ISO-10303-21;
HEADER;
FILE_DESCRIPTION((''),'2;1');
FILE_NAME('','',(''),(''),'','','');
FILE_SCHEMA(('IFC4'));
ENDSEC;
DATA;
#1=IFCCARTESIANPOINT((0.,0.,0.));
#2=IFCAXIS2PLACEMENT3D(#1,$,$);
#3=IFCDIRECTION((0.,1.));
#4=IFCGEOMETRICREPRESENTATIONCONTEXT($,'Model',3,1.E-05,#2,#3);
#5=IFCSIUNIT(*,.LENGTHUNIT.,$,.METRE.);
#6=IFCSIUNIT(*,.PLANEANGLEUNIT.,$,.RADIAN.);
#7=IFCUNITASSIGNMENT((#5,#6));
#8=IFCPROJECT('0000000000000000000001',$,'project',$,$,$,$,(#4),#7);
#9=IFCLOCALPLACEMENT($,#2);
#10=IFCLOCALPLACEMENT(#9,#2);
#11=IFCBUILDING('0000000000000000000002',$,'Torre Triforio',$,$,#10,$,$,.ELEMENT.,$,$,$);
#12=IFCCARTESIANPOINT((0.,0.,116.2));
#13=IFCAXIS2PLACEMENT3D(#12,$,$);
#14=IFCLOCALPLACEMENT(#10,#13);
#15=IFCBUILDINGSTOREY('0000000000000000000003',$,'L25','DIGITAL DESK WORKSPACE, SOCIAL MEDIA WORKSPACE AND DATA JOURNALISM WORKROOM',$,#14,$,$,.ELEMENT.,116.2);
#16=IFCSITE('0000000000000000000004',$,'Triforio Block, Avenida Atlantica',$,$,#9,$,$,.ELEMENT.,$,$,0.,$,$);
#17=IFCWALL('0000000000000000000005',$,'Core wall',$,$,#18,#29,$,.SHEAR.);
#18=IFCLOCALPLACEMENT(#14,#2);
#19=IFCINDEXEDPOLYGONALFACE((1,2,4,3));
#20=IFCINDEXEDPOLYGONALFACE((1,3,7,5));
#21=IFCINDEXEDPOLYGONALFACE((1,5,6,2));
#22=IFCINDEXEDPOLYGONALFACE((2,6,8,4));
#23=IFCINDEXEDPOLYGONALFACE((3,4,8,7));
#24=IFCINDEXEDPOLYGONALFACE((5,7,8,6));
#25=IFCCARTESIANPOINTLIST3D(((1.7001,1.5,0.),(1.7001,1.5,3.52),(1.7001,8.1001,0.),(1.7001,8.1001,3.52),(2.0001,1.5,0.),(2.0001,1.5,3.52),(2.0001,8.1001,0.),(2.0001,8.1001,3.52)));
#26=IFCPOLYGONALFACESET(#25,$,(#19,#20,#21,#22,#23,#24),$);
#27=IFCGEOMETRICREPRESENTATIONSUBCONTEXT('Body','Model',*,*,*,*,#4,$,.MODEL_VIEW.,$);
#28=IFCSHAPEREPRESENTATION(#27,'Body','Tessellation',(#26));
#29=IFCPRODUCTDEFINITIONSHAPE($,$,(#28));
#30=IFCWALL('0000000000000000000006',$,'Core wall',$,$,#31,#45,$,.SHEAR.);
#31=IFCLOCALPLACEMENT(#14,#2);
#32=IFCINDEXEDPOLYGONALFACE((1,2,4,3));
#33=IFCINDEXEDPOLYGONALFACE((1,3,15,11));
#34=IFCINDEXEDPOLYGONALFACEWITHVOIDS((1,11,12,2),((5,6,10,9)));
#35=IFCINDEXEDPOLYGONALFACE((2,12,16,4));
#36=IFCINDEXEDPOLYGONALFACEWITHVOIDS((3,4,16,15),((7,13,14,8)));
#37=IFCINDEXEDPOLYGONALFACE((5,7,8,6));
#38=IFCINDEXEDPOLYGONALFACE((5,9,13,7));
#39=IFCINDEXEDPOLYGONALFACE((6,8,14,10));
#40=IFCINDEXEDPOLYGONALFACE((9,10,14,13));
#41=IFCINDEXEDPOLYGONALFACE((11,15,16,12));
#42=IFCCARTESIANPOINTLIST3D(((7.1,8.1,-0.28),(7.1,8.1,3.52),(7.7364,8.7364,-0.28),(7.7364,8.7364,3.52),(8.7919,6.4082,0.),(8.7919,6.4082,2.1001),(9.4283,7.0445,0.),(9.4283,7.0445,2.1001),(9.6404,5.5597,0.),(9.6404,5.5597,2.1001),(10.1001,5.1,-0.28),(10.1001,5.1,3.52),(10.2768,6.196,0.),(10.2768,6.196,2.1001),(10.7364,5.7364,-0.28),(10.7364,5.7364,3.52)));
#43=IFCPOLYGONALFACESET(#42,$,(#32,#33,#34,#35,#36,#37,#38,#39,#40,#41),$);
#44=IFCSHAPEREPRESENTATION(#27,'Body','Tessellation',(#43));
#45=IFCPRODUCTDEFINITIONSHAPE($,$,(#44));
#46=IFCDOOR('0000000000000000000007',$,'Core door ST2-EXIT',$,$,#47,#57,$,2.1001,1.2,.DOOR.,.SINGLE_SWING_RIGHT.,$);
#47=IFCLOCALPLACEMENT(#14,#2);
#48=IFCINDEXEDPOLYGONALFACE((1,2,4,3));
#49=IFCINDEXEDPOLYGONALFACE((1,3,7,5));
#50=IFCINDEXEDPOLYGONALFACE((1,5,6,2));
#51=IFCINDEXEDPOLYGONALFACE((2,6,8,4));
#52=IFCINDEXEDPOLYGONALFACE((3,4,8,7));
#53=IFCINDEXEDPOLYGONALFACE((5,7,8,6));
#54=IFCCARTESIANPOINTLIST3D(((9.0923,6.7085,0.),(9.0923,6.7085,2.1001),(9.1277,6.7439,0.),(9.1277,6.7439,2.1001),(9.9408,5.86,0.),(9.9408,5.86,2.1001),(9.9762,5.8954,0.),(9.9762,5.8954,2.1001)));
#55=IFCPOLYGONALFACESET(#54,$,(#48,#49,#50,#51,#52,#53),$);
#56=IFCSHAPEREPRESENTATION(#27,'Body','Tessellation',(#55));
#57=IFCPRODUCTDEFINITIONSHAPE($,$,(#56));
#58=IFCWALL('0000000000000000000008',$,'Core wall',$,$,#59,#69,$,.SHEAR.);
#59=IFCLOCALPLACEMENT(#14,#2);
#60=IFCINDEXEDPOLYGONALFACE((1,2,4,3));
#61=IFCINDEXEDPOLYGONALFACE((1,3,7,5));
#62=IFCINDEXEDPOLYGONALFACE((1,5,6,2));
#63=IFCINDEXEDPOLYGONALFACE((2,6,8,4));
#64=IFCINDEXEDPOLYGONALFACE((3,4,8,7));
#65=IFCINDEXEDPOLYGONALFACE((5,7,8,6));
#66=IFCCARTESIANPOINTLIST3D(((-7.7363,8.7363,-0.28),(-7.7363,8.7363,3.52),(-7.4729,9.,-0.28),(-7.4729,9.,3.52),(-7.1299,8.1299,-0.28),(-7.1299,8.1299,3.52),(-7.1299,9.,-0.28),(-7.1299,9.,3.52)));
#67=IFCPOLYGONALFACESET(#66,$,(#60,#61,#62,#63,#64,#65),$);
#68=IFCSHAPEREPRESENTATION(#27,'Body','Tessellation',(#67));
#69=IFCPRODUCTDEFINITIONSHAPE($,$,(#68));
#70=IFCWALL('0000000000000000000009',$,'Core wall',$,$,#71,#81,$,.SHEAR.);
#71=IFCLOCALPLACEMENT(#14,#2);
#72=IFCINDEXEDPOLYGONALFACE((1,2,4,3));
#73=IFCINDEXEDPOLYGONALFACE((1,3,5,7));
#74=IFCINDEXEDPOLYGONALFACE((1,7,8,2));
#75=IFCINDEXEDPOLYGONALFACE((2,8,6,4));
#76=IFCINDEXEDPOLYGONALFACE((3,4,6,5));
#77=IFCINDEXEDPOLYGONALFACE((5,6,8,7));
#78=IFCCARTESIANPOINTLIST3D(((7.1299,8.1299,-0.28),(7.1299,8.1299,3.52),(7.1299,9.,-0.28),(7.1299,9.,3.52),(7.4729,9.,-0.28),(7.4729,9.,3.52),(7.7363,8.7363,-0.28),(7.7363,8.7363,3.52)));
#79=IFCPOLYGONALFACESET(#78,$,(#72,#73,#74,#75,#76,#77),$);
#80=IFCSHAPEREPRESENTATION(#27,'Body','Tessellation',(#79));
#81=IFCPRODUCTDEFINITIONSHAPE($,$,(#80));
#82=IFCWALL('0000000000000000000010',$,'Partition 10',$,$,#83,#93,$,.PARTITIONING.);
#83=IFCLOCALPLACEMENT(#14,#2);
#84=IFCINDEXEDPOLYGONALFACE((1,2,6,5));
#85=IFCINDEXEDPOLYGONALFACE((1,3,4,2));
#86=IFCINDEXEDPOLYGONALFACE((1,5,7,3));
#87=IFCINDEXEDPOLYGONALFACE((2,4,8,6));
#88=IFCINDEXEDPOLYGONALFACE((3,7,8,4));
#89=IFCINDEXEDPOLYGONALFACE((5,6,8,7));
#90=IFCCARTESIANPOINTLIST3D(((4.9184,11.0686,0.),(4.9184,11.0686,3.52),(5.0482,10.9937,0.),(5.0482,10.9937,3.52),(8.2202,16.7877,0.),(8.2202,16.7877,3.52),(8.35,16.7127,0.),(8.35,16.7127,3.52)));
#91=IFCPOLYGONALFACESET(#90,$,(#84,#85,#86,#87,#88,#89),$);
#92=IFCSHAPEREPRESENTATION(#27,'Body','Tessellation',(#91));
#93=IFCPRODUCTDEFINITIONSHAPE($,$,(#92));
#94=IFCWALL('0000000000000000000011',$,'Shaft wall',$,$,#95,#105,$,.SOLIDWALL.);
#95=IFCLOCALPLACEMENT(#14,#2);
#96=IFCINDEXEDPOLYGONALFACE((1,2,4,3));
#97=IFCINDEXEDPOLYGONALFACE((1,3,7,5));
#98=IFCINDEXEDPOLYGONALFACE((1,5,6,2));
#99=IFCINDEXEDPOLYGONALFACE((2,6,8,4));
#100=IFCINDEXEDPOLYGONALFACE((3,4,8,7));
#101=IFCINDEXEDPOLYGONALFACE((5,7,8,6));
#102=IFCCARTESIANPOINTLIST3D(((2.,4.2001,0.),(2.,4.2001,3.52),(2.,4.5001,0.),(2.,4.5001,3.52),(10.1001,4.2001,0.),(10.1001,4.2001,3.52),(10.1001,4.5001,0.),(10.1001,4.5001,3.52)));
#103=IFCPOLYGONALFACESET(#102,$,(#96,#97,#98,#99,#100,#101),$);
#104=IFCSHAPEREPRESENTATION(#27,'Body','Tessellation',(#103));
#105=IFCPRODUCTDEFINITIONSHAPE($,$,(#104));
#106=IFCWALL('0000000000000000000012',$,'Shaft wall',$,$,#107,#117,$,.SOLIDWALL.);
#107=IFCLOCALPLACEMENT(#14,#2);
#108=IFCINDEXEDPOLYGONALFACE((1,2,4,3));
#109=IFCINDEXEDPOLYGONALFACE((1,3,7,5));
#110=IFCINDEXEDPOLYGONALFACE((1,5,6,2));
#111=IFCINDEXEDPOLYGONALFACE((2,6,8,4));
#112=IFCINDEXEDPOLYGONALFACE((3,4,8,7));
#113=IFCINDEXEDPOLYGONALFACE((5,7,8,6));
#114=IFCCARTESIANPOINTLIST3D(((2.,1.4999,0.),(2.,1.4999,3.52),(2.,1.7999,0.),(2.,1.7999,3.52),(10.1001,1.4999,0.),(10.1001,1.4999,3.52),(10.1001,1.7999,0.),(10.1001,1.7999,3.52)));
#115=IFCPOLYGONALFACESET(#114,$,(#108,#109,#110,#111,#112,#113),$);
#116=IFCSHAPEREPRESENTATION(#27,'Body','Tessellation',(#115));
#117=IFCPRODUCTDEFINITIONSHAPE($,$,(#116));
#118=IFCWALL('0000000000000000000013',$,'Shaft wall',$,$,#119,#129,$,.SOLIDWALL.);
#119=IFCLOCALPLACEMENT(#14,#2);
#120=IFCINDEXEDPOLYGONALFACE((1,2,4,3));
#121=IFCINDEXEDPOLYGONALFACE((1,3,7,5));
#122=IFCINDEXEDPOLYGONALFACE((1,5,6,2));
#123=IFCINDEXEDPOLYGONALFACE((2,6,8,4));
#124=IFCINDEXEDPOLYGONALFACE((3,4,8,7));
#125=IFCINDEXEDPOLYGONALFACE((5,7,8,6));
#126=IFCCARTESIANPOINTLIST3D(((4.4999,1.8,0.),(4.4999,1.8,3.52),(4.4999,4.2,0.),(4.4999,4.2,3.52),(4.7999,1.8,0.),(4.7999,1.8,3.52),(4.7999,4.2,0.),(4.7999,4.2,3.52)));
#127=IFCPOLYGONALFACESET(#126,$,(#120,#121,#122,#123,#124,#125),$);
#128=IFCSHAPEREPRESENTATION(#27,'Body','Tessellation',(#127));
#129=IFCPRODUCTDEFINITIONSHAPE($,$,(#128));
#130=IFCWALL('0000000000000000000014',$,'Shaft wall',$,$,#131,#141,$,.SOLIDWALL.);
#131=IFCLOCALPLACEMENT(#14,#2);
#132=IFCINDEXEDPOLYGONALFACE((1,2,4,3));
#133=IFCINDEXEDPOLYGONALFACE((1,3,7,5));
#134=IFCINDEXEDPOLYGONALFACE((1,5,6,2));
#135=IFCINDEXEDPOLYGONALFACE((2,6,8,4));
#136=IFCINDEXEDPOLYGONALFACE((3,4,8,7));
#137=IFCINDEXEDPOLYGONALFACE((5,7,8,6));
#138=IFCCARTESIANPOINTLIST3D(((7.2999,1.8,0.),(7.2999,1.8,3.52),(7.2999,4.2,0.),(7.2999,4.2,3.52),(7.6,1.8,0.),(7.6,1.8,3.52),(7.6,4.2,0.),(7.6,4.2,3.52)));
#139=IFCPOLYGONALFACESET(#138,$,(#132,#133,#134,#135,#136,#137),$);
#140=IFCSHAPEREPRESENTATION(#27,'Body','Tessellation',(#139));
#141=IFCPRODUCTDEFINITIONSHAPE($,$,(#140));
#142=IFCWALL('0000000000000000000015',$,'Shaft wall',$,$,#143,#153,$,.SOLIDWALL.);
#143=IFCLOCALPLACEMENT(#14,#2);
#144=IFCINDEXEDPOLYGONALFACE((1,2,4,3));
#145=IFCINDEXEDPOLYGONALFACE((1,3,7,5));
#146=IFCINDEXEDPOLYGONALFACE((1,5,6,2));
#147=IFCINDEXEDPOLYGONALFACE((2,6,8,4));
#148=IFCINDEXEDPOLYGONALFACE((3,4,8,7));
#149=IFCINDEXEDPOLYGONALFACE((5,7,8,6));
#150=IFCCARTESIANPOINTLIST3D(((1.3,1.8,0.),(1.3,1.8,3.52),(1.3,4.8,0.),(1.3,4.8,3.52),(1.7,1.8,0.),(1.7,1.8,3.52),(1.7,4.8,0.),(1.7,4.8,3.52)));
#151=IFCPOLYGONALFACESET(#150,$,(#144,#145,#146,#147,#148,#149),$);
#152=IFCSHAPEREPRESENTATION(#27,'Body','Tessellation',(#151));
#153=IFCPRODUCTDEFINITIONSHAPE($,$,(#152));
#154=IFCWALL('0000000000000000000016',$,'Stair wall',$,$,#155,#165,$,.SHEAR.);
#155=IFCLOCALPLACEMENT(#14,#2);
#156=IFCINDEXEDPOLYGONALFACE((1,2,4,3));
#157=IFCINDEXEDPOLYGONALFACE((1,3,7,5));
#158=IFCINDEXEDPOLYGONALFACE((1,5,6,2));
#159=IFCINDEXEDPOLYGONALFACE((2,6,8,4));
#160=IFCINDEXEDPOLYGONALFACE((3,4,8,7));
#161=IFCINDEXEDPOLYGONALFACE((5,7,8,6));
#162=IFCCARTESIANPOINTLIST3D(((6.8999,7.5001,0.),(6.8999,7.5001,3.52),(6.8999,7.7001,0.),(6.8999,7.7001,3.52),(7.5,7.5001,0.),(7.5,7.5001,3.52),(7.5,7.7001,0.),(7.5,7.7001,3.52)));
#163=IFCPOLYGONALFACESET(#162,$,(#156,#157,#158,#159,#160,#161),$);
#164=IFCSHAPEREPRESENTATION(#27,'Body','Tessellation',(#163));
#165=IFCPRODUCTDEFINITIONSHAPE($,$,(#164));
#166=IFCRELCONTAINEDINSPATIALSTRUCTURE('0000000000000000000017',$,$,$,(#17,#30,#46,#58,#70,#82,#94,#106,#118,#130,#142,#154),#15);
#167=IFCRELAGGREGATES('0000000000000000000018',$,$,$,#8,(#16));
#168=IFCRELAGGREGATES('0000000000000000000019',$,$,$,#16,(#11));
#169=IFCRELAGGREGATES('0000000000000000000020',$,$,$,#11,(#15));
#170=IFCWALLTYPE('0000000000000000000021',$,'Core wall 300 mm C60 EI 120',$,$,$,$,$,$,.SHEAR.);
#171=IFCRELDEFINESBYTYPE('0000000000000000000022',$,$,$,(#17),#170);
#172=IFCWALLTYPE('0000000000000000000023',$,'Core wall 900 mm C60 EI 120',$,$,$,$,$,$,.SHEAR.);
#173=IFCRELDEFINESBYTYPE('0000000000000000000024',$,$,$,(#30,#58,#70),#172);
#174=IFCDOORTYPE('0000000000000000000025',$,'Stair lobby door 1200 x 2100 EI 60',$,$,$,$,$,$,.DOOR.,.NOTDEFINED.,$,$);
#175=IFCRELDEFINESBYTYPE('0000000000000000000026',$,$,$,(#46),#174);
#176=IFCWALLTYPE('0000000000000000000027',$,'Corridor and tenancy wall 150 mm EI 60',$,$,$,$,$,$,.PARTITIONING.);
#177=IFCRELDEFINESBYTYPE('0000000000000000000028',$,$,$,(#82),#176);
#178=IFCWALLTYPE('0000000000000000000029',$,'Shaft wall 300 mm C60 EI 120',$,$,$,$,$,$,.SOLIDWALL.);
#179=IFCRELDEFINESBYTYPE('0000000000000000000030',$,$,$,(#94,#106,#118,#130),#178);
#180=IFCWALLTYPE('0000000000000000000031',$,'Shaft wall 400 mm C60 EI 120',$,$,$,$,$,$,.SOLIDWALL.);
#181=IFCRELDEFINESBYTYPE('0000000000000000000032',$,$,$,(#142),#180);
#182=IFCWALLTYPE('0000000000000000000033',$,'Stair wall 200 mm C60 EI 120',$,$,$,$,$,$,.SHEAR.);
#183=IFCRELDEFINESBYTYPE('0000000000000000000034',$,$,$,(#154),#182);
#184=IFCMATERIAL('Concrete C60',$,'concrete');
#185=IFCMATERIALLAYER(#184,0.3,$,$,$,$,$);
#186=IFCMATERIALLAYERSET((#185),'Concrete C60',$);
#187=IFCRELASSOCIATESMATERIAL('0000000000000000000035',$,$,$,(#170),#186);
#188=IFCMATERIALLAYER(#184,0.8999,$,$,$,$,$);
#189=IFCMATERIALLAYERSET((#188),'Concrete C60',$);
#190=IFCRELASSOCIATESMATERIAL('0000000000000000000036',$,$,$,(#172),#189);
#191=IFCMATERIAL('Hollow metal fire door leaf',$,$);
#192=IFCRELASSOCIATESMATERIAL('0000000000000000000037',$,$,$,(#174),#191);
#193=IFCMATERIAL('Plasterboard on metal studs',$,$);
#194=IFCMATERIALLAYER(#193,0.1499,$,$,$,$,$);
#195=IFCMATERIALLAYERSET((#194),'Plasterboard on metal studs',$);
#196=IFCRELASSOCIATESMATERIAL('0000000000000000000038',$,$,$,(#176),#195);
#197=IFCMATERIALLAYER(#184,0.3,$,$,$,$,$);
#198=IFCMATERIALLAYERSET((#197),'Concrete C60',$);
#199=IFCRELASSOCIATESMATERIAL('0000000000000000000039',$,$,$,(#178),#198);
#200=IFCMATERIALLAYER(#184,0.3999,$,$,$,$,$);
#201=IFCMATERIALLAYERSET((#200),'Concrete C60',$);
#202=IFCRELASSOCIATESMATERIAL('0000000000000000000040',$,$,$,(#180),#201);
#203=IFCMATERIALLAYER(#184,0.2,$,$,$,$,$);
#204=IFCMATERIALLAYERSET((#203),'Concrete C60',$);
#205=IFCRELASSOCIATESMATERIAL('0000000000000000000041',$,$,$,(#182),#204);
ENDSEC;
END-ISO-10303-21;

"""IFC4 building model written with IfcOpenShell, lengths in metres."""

from ifc_helpers import new_model, si_unit, direction, frame, frame_2d, origin, place, context, subcontext, project, spatial, polyline, rectangle, outline, extrude, material, layer, layer_set, type_object, element, fill, save


model = new_model("IFC4")

# Units and contexts
model_context = context("Model", 3, precision=1e-05, world=origin(), true_north=direction((0.0, 1.0)))
body_context = subcontext(model_context, "Body", "Model", "MODEL_VIEW")
ifc_project = project(units=[si_unit("LENGTHUNIT", "METRE"), si_unit("PLANEANGLEUNIT", "RADIAN")], contexts=[model_context])

# Site, building, storey
site_placement = place(None, origin())
site = spatial("IfcSite", under=ifc_project, at=site_placement, Name="Triforio Block, Avenida Atlantica", CompositionType="ELEMENT", RefElevation=0.0)
building_placement = place(site_placement, origin())
building = spatial("IfcBuilding", under=site, at=building_placement, Name="Torre Triforio", CompositionType="ELEMENT")
storey_placement = place(building_placement, frame((0.0, 0.0, 116.2)))
storey = spatial("IfcBuildingStorey", under=building, at=storey_placement, Name="L25", Description="DIGITAL DESK WORKSPACE, SOCIAL MEDIA WORKSPACE AND DATA JOURNALISM WORKROOM", CompositionType="ELEMENT", Elevation=116.2)

# Shared definitions
ifc_material_1 = material(Name="Concrete C60", Category="concrete")

# Wall
ifc_layer_1 = layer(ifc_material_1, 0.3)
ifc_layer_set_1 = layer_set([ifc_layer_1], Name="Concrete C60")
wall_type_1 = type_object("IfcWallType", Name="Core wall 300 mm C60 EI 120", PredefinedType="SHEAR", material=ifc_layer_set_1)
wall_1_placement = place(storey_placement, frame((1.8501, 1.5, 0.0), z_axis=(0.0, 0.0, 1.0), x_axis=(0.0, 1.0, 0.0)))
element("IfcWall", 1, at=wall_1_placement, inside=storey, type_object=wall_type_1, Name="Core wall", PredefinedType="SHEAR", context=body_context, shape_type="SweptSolid", body=[
    extrude(rectangle(XDim=6.6001, YDim=0.3, at=frame_2d((3.3, 0.0))), origin(), (0.0, 0.0, 1.0), 3.52),
])

# Wall, opening, door
ifc_layer_2 = layer(ifc_material_1, 0.8999)
ifc_layer_set_2 = layer_set([ifc_layer_2], Name="Concrete C60")
wall_type_2 = type_object("IfcWallType", Name="Core wall 900 mm C60 EI 120", PredefinedType="SHEAR", material=ifc_layer_set_2)
wall_2_placement = place(storey_placement, frame((7.4182, 8.4182, -0.28), z_axis=(0.0, 0.0, 1.0), x_axis=(0.707107, -0.707107, 0.0)))
wall_2 = element("IfcWall", 2, at=wall_2_placement, inside=storey, type_object=wall_type_2, Name="Core wall", PredefinedType="SHEAR", context=body_context, shape_type="SweptSolid", body=[
    extrude(rectangle(XDim=4.2427, YDim=0.8999, at=frame_2d((2.1213, 0.0))), origin(), (0.0, 0.0, 1.0), 3.8),
])
opening_1_placement = place(wall_2_placement, frame((2.3926, 0.0, 0.28)))
opening_1 = element("IfcOpeningElement", 3, at=opening_1_placement, cuts=wall_2, PredefinedType="OPENING", context=body_context, shape_type="SweptSolid", body=[
    extrude(rectangle(XDim=1.2, YDim=2.1001, at=frame_2d((0.6001, 1.05))), frame((0.0, 0.46, 0.0), z_axis=(0.0, -1.0, 0.0), x_axis=(1.0, 0.0, 0.0)), (0.0, 0.0, 1.0), 0.9199),
])
ifc_material_2 = material(Name="Hollow metal fire door leaf")
door_type_1 = type_object("IfcDoorType", Name="Stair lobby door 1200 x 2100 EI 60", OperationType="NOTDEFINED", PredefinedType="DOOR", material=ifc_material_2)
door_1_placement = place(opening_1_placement, origin())
door_1 = element("IfcDoor", 4, at=door_1_placement, inside=storey, type_object=door_type_1, Name="Core door ST2-EXIT", OperationType="SINGLE_SWING_RIGHT", OverallHeight=2.1001, OverallWidth=1.2, PredefinedType="DOOR", context=body_context, shape_type="SweptSolid", body=[
    extrude(rectangle(XDim=1.2, YDim=2.1001, at=frame_2d((0.6001, 1.05))), frame((0.0, 0.0249, 0.0), z_axis=(0.0, -1.0, 0.0), x_axis=(1.0, 0.0, 0.0)), (0.0, 0.0, 1.0), 0.05),
])
fill(opening_1, door_1)

# Walls
wall_3_placement = place(storey_placement, frame((0.0, 0.0, -0.28)))
element("IfcWall", 5, at=wall_3_placement, inside=storey, type_object=wall_type_2, Name="Core wall", PredefinedType="SHEAR", context=body_context, shape_type="SweptSolid", body=[
    extrude(outline(polyline([(-7.4729, 9.0), (-7.1299, 9.0), (-7.1299, 8.1299), (-7.7363, 8.7363), (-7.4729, 9.0)])), origin(), (0.0, 0.0, 1.0), 3.8),
])
wall_4_placement = place(storey_placement, frame((0.0, 0.0, -0.28)))
element("IfcWall", 6, at=wall_4_placement, inside=storey, type_object=wall_type_2, Name="Core wall", PredefinedType="SHEAR", context=body_context, shape_type="SweptSolid", body=[
    extrude(outline(polyline([(7.4729, 9.0), (7.7363, 8.7363), (7.1299, 8.1299), (7.1299, 9.0), (7.4729, 9.0)])), origin(), (0.0, 0.0, 1.0), 3.8),
])
ifc_material_3 = material(Name="Plasterboard on metal studs")
ifc_layer_3 = layer(ifc_material_3, 0.1499)
ifc_layer_set_3 = layer_set([ifc_layer_3], Name="Plasterboard on metal studs")
wall_type_3 = type_object("IfcWallType", Name="Corridor and tenancy wall 150 mm EI 60", PredefinedType="PARTITIONING", material=ifc_layer_set_3)
wall_5_placement = place(storey_placement, frame((4.9834, 11.0312, 0.0), z_axis=(0.0, 0.0, 1.0), x_axis=(0.499988, 0.866032, 0.0)))
element("IfcWall", 7, at=wall_5_placement, inside=storey, type_object=wall_type_3, Name="Partition 10", PredefinedType="PARTITIONING", context=body_context, shape_type="SweptSolid", body=[
    extrude(rectangle(XDim=6.6038, YDim=0.1499, at=frame_2d((3.3018, 0.0))), origin(), (0.0, 0.0, 1.0), 3.52),
])
ifc_layer_4 = layer(ifc_material_1, 0.3)
ifc_layer_set_4 = layer_set([ifc_layer_4], Name="Concrete C60")
wall_type_4 = type_object("IfcWallType", Name="Shaft wall 300 mm C60 EI 120", PredefinedType="SOLIDWALL", material=ifc_layer_set_4)
for number, where, z_axis, x_axis, name in (
    (8, (2.0, 4.3501, 0.0), (0.0, 0.0, 1.0), (1.0, 0.0, 0.0), "Shaft wall"),
    (9, (2.0, 1.6499, 0.0), (0.0, 0.0, 1.0), (1.0, 0.0, 0.0), "Shaft wall"),
):
    element("IfcWall", number, at=place(storey_placement, frame(where, z_axis=z_axis, x_axis=x_axis)), inside=storey, type_object=wall_type_4, Name=name, PredefinedType="SOLIDWALL", context=body_context, shape_type="SweptSolid", body=[
        extrude(rectangle(XDim=8.1001, YDim=0.3, at=frame_2d((4.05, 0.0))), origin(), (0.0, 0.0, 1.0), 3.52),
    ])
for number, where, z_axis, x_axis, name in (
    (10, (4.6499, 1.8, 0.0), (0.0, 0.0, 1.0), (0.0, 1.0, 0.0), "Shaft wall"),
    (11, (7.45, 1.8, 0.0), (0.0, 0.0, 1.0), (0.0, 1.0, 0.0), "Shaft wall"),
):
    element("IfcWall", number, at=place(storey_placement, frame(where, z_axis=z_axis, x_axis=x_axis)), inside=storey, type_object=wall_type_4, Name=name, PredefinedType="SOLIDWALL", context=body_context, shape_type="SweptSolid", body=[
        extrude(rectangle(XDim=2.3999, YDim=0.3, at=frame_2d((1.2, 0.0))), origin(), (0.0, 0.0, 1.0), 3.52),
    ])
ifc_layer_5 = layer(ifc_material_1, 0.3999)
ifc_layer_set_5 = layer_set([ifc_layer_5], Name="Concrete C60")
wall_type_5 = type_object("IfcWallType", Name="Shaft wall 400 mm C60 EI 120", PredefinedType="SOLIDWALL", material=ifc_layer_set_5)
wall_6_placement = place(storey_placement, frame((1.5, 1.8, 0.0), z_axis=(0.0, 0.0, 1.0), x_axis=(0.0, 1.0, 0.0)))
element("IfcWall", 12, at=wall_6_placement, inside=storey, type_object=wall_type_5, Name="Shaft wall", PredefinedType="SOLIDWALL", context=body_context, shape_type="SweptSolid", body=[
    extrude(rectangle(XDim=3.0, YDim=0.3999, at=frame_2d((1.5, 0.0))), origin(), (0.0, 0.0, 1.0), 3.52),
])
ifc_layer_6 = layer(ifc_material_1, 0.2)
ifc_layer_set_6 = layer_set([ifc_layer_6], Name="Concrete C60")
wall_type_6 = type_object("IfcWallType", Name="Stair wall 200 mm C60 EI 120", PredefinedType="SHEAR", material=ifc_layer_set_6)
wall_7_placement = place(storey_placement, frame((6.8999, 7.6001, 0.0), z_axis=(0.0, 0.0, 1.0), x_axis=(1.0, 0.0, 0.0)))
element("IfcWall", 13, at=wall_7_placement, inside=storey, type_object=wall_type_6, Name="Stair wall", PredefinedType="SHEAR", context=body_context, shape_type="SweptSolid", body=[
    extrude(rectangle(XDim=0.6001, YDim=0.2, at=frame_2d((0.3, 0.0))), origin(), (0.0, 0.0, 1.0), 3.52),
])

save(model, "model.ifc")
